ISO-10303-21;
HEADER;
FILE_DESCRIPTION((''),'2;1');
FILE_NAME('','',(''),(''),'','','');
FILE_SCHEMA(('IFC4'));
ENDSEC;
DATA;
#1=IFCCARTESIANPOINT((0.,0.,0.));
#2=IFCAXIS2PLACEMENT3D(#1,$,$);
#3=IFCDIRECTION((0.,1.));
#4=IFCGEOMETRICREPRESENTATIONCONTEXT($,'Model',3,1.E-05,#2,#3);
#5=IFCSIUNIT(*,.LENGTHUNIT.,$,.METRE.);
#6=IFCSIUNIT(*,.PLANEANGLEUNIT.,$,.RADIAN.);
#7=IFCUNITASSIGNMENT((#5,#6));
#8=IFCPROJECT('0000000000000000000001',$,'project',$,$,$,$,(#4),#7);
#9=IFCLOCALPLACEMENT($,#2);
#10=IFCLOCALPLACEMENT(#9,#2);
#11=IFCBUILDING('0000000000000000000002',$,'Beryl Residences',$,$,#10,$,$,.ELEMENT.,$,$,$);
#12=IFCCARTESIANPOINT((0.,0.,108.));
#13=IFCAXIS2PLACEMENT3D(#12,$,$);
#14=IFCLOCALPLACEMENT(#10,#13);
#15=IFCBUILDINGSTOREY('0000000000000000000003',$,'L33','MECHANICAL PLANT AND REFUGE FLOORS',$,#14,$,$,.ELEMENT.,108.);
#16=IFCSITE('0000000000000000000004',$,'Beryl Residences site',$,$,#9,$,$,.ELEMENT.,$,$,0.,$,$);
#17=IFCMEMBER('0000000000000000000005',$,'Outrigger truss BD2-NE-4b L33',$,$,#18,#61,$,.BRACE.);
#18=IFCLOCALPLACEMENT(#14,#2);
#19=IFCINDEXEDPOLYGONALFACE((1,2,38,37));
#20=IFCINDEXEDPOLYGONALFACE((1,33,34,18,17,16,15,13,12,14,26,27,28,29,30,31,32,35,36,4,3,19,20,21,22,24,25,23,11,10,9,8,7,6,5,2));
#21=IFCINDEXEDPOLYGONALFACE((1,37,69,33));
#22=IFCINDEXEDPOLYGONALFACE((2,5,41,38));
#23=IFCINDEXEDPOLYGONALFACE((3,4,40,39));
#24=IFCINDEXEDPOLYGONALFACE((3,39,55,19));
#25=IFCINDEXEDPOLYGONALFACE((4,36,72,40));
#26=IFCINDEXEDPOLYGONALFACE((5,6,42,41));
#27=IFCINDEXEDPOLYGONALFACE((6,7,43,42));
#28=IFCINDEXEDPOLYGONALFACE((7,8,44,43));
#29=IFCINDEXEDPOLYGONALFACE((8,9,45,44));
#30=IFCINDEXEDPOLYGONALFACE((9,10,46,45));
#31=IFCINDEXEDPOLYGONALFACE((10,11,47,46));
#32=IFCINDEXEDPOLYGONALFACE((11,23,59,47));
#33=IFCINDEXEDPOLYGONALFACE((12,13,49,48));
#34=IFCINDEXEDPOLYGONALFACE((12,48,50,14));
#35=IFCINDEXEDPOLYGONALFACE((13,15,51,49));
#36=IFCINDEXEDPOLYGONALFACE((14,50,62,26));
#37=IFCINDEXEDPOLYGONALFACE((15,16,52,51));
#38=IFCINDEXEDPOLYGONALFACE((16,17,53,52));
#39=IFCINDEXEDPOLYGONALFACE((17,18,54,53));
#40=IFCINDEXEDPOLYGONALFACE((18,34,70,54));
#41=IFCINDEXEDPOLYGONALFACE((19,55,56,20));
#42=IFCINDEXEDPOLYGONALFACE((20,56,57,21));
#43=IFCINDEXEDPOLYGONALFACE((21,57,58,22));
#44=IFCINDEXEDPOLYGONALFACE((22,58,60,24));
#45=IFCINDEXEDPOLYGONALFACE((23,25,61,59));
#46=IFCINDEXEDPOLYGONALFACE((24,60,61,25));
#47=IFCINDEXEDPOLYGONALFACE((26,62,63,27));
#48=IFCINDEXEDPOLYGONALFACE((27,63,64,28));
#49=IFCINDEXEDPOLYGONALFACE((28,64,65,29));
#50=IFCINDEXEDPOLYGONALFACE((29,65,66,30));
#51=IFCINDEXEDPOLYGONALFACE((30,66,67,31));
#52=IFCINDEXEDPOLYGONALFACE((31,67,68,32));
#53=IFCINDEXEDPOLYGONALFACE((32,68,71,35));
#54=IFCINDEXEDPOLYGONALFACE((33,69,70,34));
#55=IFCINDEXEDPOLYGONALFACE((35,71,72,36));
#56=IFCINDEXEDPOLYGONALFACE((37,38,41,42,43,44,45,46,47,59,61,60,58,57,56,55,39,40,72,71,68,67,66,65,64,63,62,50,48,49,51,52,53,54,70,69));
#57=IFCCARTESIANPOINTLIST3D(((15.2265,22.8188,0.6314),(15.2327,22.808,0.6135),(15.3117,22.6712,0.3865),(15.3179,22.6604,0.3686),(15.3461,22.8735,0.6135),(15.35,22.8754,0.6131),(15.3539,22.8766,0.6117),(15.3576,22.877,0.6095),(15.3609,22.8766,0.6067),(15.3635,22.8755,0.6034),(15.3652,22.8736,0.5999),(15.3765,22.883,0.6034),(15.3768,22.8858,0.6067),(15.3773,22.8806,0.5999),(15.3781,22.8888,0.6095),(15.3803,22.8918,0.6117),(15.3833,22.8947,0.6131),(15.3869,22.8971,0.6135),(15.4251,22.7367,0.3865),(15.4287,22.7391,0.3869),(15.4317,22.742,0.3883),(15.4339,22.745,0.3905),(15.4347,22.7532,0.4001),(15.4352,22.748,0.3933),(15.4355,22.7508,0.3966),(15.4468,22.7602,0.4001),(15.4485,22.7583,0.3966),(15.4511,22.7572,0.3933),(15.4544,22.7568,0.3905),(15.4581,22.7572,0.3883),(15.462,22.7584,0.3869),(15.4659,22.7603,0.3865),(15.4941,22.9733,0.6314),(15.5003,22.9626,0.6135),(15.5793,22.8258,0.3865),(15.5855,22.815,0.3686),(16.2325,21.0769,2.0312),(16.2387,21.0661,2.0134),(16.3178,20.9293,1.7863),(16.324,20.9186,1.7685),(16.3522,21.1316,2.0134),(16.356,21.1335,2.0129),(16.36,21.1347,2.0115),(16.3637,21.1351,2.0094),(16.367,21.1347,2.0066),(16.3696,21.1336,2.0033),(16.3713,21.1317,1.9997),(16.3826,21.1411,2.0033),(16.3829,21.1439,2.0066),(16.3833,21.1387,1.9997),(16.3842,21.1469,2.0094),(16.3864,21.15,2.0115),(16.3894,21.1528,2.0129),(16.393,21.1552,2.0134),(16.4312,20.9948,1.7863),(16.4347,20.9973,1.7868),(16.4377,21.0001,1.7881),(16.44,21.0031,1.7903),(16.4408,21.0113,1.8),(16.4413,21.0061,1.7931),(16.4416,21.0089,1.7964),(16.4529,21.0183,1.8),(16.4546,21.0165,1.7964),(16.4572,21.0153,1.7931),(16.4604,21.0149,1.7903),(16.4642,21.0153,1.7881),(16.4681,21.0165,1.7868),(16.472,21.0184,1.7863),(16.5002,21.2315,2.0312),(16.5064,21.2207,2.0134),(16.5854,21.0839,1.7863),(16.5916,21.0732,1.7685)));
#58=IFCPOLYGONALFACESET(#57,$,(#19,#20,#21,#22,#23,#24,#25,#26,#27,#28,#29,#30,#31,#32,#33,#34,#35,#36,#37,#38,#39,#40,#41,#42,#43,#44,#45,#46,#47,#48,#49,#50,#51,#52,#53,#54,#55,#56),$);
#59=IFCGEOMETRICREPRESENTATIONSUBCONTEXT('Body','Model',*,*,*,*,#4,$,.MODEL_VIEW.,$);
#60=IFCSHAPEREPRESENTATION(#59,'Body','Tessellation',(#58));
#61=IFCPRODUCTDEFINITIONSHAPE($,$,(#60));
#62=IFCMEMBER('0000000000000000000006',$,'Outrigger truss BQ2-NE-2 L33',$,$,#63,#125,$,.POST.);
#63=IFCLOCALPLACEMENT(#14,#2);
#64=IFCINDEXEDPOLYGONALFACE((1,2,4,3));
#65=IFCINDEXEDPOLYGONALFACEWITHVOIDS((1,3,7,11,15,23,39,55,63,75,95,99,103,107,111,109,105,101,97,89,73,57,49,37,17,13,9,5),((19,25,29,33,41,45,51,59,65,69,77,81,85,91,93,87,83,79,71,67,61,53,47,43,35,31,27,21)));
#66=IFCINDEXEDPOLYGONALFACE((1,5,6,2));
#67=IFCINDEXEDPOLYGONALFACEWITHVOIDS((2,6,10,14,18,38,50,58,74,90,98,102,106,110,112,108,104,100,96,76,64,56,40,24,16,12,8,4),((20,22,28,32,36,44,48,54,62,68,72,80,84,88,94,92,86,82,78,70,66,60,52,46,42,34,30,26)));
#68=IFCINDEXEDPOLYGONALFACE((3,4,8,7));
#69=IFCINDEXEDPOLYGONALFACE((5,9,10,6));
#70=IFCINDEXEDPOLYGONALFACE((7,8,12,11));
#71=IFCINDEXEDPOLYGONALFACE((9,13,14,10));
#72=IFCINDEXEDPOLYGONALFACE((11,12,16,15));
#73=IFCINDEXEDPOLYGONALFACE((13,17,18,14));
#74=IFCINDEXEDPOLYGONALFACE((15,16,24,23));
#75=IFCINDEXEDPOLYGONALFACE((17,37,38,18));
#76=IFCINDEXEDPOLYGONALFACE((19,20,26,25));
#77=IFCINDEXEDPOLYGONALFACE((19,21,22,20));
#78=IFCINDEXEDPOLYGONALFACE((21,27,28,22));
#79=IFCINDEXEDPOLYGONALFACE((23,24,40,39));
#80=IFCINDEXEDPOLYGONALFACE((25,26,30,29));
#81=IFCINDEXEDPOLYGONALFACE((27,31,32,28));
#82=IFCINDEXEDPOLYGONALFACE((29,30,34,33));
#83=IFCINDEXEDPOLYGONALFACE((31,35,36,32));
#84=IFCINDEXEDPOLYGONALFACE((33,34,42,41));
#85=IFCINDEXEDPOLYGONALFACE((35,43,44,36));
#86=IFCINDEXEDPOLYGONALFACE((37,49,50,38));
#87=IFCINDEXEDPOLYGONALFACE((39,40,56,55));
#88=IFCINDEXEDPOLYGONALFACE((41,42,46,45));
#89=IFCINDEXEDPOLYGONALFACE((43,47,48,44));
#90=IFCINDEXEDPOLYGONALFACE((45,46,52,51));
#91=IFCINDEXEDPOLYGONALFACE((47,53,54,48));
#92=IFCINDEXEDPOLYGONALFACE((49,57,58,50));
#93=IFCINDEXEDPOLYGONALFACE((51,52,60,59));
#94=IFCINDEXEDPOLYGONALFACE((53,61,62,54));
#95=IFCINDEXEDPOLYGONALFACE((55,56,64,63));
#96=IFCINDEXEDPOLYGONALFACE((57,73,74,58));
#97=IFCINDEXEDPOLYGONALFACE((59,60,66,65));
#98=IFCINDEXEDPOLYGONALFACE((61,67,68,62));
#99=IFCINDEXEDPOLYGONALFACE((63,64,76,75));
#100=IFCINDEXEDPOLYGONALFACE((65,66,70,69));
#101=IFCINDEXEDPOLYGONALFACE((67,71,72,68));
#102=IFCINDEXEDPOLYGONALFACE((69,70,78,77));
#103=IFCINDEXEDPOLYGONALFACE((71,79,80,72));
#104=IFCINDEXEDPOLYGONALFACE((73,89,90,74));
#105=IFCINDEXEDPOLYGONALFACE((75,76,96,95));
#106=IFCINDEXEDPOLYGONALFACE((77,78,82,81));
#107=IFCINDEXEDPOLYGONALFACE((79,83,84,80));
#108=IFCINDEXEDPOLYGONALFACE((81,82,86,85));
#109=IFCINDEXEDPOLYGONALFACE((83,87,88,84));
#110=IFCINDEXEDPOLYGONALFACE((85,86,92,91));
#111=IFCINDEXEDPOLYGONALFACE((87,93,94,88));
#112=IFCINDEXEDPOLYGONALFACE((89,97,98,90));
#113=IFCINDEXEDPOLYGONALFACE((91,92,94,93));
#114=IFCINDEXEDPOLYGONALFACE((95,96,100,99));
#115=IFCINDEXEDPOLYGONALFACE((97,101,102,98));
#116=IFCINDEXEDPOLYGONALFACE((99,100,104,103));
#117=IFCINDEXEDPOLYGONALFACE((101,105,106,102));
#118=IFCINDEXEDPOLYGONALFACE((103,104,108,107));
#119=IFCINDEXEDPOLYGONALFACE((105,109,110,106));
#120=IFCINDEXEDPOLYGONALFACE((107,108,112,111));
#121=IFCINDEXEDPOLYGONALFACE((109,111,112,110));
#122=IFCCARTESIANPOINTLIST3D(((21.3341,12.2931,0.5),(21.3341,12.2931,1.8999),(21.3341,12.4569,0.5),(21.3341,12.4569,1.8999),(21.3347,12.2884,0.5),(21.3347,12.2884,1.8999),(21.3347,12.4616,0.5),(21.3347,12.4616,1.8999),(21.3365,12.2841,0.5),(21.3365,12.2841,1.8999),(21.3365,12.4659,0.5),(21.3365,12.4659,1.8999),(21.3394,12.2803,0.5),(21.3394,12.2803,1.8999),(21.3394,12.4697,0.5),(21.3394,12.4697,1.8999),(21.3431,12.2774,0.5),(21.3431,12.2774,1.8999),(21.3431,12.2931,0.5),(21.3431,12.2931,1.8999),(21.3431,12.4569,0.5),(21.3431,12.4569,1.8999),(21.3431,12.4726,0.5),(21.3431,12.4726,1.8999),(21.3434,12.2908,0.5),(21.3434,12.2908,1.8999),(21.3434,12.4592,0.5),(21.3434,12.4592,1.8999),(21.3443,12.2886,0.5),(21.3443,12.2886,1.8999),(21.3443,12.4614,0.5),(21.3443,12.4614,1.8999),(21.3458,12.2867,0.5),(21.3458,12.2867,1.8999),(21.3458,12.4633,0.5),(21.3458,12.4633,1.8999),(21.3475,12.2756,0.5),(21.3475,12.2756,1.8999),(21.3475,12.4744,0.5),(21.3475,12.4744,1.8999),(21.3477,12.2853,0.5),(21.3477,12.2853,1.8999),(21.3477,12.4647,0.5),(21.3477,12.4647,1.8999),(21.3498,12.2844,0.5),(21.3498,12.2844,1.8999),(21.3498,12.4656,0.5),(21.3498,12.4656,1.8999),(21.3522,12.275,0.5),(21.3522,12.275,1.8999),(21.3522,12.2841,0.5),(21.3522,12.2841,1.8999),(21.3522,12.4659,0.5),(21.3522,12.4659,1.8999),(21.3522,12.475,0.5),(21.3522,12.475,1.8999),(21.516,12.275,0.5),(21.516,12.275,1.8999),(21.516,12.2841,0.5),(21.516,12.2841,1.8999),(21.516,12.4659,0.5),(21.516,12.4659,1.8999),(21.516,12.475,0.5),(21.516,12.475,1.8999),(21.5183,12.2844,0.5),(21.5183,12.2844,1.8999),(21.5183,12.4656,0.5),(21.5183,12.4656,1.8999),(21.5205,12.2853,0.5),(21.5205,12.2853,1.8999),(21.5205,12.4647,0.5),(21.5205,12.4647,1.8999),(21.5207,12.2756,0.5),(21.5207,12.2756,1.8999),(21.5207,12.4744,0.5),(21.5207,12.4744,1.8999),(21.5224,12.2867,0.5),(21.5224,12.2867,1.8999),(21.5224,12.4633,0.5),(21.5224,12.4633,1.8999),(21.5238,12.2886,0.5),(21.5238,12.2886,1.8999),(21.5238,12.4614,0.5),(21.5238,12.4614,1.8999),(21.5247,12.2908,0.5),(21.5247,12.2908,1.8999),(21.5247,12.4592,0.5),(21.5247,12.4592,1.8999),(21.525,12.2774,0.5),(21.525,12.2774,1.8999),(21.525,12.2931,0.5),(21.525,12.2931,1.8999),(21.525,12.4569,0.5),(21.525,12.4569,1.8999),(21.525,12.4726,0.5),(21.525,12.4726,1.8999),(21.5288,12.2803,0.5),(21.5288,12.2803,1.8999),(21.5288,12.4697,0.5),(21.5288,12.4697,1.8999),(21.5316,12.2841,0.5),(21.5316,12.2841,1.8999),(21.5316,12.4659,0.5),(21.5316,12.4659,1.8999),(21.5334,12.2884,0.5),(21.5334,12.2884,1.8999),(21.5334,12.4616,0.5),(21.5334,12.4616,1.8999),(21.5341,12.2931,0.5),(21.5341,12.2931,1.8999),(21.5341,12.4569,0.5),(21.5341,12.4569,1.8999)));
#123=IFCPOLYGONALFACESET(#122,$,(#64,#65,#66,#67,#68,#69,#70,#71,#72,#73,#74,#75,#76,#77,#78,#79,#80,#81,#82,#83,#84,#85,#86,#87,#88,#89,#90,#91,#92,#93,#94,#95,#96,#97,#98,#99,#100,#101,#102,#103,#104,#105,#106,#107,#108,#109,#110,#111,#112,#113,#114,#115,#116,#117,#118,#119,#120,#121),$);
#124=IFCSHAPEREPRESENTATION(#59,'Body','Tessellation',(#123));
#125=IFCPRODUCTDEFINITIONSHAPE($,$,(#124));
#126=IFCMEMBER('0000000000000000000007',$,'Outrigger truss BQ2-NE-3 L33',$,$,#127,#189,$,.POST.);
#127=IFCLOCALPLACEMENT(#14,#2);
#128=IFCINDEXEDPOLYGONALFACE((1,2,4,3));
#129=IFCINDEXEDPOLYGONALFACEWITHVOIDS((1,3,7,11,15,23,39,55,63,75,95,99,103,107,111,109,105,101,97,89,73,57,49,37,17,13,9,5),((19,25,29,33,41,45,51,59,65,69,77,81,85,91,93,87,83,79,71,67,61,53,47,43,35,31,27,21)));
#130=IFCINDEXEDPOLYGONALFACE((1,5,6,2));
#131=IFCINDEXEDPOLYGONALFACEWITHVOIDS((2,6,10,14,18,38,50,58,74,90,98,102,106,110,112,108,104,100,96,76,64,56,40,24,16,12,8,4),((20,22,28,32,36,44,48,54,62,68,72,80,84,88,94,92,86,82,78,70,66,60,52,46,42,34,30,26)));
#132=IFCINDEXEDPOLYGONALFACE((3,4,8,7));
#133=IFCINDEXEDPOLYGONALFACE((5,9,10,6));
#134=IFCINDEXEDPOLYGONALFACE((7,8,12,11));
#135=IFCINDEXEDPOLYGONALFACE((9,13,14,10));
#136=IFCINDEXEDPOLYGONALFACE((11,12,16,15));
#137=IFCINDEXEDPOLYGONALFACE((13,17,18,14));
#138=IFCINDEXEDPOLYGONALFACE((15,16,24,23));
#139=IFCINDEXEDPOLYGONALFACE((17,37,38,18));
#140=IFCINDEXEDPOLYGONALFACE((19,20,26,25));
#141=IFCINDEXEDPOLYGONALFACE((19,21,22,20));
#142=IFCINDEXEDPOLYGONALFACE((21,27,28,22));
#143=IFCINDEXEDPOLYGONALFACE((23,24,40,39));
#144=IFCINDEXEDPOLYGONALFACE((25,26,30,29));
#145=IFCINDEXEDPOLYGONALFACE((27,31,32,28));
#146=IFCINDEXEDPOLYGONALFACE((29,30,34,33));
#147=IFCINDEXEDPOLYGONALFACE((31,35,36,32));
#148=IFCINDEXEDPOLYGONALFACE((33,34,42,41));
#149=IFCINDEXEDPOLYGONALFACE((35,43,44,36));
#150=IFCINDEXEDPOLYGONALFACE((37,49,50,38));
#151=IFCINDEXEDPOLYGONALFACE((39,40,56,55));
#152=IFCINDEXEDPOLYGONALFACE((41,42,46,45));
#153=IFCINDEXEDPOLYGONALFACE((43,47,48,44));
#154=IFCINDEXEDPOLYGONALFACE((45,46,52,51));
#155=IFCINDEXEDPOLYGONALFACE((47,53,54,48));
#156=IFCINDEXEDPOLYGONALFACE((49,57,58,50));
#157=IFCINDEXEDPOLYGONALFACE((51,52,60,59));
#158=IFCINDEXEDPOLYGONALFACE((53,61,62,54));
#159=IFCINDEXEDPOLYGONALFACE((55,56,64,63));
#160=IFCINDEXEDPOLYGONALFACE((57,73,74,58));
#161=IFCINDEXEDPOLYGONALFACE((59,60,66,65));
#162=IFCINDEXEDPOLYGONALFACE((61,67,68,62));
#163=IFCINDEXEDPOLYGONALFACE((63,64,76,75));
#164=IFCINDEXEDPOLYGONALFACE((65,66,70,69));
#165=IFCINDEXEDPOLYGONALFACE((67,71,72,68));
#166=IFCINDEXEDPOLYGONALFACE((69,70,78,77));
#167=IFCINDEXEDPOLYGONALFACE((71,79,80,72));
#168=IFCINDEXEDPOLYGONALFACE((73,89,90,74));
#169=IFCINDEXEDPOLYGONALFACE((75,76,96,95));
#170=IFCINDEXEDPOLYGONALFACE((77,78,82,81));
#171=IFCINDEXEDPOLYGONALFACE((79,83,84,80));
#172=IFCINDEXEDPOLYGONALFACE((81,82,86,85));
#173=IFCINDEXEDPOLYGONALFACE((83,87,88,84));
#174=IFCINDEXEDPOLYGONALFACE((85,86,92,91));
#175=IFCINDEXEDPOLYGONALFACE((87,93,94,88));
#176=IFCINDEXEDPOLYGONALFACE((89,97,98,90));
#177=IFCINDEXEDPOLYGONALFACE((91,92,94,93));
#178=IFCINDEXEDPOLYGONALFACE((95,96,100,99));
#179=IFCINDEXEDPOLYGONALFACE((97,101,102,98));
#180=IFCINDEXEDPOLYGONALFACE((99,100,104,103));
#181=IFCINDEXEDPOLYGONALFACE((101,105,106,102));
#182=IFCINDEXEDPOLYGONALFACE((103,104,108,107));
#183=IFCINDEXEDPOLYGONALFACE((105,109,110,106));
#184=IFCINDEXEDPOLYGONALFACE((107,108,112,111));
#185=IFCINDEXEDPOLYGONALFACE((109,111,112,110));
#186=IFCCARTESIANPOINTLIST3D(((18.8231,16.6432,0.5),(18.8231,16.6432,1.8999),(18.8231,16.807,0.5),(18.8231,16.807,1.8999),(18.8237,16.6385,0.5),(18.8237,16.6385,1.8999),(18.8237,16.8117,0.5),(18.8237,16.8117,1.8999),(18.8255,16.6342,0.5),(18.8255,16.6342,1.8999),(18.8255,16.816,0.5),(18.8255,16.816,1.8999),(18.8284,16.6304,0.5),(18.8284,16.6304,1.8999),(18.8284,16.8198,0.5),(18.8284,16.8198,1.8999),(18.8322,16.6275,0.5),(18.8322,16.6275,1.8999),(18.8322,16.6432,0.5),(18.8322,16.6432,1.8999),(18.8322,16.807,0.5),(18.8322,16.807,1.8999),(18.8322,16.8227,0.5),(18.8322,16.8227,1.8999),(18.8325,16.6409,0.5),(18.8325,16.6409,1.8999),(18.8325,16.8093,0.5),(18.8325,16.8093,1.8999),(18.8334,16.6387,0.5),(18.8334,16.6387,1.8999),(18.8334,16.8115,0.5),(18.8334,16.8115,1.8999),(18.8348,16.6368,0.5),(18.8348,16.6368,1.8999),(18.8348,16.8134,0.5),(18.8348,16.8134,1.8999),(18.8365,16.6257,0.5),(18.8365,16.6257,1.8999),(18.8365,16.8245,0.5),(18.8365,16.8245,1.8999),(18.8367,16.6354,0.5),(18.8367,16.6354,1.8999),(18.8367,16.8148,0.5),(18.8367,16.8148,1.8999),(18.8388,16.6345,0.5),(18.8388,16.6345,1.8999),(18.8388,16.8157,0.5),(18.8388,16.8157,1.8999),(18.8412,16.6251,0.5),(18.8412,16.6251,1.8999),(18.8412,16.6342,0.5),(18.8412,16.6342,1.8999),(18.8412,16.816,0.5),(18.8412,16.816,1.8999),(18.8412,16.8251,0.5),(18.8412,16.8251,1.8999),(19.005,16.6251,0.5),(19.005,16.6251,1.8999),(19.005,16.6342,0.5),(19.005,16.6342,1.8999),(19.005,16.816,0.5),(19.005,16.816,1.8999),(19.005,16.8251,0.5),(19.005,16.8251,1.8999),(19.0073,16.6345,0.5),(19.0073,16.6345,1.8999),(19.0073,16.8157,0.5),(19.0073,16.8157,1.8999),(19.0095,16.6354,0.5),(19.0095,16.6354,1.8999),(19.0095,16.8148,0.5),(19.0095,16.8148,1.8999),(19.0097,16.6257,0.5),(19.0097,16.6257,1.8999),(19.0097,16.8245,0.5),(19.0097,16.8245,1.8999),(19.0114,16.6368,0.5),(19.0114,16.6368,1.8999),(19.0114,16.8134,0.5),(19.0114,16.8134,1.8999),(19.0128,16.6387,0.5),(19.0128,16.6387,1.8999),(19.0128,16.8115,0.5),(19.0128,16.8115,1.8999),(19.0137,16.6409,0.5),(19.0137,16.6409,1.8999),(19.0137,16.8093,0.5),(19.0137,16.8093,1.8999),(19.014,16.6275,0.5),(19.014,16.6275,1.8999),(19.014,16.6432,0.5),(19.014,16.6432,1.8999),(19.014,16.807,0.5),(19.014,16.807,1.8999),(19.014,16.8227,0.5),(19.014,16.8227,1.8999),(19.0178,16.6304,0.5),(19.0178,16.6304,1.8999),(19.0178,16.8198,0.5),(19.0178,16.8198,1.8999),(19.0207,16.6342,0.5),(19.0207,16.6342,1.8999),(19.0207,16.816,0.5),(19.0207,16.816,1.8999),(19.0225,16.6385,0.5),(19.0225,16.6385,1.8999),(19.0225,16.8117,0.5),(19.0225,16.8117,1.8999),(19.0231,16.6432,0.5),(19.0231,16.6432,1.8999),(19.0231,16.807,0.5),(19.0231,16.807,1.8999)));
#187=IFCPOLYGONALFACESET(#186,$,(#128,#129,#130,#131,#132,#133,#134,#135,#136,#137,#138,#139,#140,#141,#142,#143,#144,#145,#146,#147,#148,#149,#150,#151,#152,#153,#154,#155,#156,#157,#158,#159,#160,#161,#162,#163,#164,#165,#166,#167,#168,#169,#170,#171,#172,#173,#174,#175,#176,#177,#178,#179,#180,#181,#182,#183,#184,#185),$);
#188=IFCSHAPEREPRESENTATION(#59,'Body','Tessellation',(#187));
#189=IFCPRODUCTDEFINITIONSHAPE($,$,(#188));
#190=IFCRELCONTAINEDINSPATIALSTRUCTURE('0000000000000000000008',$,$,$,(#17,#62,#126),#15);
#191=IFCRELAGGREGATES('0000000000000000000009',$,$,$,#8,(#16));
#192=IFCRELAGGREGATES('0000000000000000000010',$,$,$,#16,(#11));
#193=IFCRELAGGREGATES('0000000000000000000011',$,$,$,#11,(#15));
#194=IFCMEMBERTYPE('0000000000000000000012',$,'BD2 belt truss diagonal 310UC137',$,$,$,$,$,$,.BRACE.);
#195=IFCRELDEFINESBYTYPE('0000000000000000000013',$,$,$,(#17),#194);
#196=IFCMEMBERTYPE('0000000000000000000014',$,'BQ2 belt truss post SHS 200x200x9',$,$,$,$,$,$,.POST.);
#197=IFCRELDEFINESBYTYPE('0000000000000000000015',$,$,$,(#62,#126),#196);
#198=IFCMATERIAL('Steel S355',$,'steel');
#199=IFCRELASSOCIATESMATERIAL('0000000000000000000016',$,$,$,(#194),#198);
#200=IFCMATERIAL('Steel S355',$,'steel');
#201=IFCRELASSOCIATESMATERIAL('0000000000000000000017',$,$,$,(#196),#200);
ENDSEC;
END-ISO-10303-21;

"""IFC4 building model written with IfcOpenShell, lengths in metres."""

from ifc_helpers import new_model, si_unit, direction, frame, origin, origin_2d, place, context, subcontext, project, spatial, hollow_rectangle, i_section, extrude, material, material_profile, profile_set, type_object, element, save


model = new_model("IFC4")

# Units and contexts
model_context = context("Model", 3, precision=1e-05, world=origin(), true_north=direction((0.0, 1.0)))
body_context = subcontext(model_context, "Body", "Model", "MODEL_VIEW")
ifc_project = project(units=[si_unit("LENGTHUNIT", "METRE"), si_unit("PLANEANGLEUNIT", "RADIAN")], contexts=[model_context])

# Site, building, storey
site_placement = place(None, origin())
site = spatial("IfcSite", under=ifc_project, at=site_placement, Name="Beryl Residences site", CompositionType="ELEMENT", RefElevation=0.0)
building_placement = place(site_placement, origin())
building = spatial("IfcBuilding", under=site, at=building_placement, Name="Beryl Residences", CompositionType="ELEMENT")
storey_placement = place(building_placement, frame((0.0, 0.0, 108.0)))
storey = spatial("IfcBuildingStorey", under=building, at=storey_placement, Name="L33", Description="MECHANICAL PLANT AND REFUGE FLOORS", CompositionType="ELEMENT", Elevation=108.0)

# Members
ifc_material_1 = material(Name="Steel S355", Category="steel")
ifc_material_profile_1 = material_profile(ifc_material_1, i_section(OverallWidth=0.3091, OverallDepth=0.3201, WebThickness=0.0139, FlangeThickness=0.0217, FilletRadius=0.0166, at=origin_2d()))
ifc_profile_set_1 = profile_set([ifc_material_profile_1], Name="Steel S355")
member_type_1 = type_object("IfcMemberType", Name="BD2 belt truss diagonal 310UC137", PredefinedType="BRACE", material=ifc_profile_set_1)
member_1_placement = place(storey_placement, frame((15.406, 22.8169, 0.5), z_axis=(0.410523, -0.71077, 0.571206), x_axis=(0.865941, 0.500146, 0.0)))
element("IfcMember", 1, at=member_1_placement, inside=storey, type_object=member_type_1, Name="Outrigger truss BD2-NE-4b L33", PredefinedType="BRACE", context=body_context, shape_type="SweptSolid", body=[
    extrude(i_section(OverallWidth=0.3091, OverallDepth=0.3201, WebThickness=0.0139, FlangeThickness=0.0217, FilletRadius=0.0166, at=origin_2d()), origin(), (0.0, 0.0, 1.0), 2.4507),
])
ifc_material_2 = material(Name="Steel S355", Category="steel")
ifc_material_profile_2 = material_profile(ifc_material_2, hollow_rectangle(XDim=0.2, YDim=0.2, WallThickness=0.009, InnerFilletRadius=0.009, OuterFilletRadius=0.0181, at=origin_2d()))
ifc_profile_set_2 = profile_set([ifc_material_profile_2], Name="Steel S355")
member_type_2 = type_object("IfcMemberType", Name="BQ2 belt truss post SHS 200x200x9", PredefinedType="POST", material=ifc_profile_set_2)
for number, where, z_axis, x_axis, name in (
    (2, (21.4341, 12.375, 0.5), (0.0, 0.0, 1.0), (1.0, 0.0, 0.0), "Outrigger truss BQ2-NE-2 L33"),
    (3, (18.9231, 16.7251, 0.5), (0.0, 0.0, 1.0), (1.0, 0.0, 0.0), "Outrigger truss BQ2-NE-3 L33"),
):
    element("IfcMember", number, at=place(storey_placement, frame(where, z_axis=z_axis, x_axis=x_axis)), inside=storey, type_object=member_type_2, Name=name, PredefinedType="POST", context=body_context, shape_type="SweptSolid", body=[
        extrude(hollow_rectangle(XDim=0.2, YDim=0.2, WallThickness=0.009, InnerFilletRadius=0.009, OuterFilletRadius=0.0181, at=origin_2d()), origin(), (0.0, 0.0, 1.0), 1.3999),
    ])

save(model, "model.ifc")
